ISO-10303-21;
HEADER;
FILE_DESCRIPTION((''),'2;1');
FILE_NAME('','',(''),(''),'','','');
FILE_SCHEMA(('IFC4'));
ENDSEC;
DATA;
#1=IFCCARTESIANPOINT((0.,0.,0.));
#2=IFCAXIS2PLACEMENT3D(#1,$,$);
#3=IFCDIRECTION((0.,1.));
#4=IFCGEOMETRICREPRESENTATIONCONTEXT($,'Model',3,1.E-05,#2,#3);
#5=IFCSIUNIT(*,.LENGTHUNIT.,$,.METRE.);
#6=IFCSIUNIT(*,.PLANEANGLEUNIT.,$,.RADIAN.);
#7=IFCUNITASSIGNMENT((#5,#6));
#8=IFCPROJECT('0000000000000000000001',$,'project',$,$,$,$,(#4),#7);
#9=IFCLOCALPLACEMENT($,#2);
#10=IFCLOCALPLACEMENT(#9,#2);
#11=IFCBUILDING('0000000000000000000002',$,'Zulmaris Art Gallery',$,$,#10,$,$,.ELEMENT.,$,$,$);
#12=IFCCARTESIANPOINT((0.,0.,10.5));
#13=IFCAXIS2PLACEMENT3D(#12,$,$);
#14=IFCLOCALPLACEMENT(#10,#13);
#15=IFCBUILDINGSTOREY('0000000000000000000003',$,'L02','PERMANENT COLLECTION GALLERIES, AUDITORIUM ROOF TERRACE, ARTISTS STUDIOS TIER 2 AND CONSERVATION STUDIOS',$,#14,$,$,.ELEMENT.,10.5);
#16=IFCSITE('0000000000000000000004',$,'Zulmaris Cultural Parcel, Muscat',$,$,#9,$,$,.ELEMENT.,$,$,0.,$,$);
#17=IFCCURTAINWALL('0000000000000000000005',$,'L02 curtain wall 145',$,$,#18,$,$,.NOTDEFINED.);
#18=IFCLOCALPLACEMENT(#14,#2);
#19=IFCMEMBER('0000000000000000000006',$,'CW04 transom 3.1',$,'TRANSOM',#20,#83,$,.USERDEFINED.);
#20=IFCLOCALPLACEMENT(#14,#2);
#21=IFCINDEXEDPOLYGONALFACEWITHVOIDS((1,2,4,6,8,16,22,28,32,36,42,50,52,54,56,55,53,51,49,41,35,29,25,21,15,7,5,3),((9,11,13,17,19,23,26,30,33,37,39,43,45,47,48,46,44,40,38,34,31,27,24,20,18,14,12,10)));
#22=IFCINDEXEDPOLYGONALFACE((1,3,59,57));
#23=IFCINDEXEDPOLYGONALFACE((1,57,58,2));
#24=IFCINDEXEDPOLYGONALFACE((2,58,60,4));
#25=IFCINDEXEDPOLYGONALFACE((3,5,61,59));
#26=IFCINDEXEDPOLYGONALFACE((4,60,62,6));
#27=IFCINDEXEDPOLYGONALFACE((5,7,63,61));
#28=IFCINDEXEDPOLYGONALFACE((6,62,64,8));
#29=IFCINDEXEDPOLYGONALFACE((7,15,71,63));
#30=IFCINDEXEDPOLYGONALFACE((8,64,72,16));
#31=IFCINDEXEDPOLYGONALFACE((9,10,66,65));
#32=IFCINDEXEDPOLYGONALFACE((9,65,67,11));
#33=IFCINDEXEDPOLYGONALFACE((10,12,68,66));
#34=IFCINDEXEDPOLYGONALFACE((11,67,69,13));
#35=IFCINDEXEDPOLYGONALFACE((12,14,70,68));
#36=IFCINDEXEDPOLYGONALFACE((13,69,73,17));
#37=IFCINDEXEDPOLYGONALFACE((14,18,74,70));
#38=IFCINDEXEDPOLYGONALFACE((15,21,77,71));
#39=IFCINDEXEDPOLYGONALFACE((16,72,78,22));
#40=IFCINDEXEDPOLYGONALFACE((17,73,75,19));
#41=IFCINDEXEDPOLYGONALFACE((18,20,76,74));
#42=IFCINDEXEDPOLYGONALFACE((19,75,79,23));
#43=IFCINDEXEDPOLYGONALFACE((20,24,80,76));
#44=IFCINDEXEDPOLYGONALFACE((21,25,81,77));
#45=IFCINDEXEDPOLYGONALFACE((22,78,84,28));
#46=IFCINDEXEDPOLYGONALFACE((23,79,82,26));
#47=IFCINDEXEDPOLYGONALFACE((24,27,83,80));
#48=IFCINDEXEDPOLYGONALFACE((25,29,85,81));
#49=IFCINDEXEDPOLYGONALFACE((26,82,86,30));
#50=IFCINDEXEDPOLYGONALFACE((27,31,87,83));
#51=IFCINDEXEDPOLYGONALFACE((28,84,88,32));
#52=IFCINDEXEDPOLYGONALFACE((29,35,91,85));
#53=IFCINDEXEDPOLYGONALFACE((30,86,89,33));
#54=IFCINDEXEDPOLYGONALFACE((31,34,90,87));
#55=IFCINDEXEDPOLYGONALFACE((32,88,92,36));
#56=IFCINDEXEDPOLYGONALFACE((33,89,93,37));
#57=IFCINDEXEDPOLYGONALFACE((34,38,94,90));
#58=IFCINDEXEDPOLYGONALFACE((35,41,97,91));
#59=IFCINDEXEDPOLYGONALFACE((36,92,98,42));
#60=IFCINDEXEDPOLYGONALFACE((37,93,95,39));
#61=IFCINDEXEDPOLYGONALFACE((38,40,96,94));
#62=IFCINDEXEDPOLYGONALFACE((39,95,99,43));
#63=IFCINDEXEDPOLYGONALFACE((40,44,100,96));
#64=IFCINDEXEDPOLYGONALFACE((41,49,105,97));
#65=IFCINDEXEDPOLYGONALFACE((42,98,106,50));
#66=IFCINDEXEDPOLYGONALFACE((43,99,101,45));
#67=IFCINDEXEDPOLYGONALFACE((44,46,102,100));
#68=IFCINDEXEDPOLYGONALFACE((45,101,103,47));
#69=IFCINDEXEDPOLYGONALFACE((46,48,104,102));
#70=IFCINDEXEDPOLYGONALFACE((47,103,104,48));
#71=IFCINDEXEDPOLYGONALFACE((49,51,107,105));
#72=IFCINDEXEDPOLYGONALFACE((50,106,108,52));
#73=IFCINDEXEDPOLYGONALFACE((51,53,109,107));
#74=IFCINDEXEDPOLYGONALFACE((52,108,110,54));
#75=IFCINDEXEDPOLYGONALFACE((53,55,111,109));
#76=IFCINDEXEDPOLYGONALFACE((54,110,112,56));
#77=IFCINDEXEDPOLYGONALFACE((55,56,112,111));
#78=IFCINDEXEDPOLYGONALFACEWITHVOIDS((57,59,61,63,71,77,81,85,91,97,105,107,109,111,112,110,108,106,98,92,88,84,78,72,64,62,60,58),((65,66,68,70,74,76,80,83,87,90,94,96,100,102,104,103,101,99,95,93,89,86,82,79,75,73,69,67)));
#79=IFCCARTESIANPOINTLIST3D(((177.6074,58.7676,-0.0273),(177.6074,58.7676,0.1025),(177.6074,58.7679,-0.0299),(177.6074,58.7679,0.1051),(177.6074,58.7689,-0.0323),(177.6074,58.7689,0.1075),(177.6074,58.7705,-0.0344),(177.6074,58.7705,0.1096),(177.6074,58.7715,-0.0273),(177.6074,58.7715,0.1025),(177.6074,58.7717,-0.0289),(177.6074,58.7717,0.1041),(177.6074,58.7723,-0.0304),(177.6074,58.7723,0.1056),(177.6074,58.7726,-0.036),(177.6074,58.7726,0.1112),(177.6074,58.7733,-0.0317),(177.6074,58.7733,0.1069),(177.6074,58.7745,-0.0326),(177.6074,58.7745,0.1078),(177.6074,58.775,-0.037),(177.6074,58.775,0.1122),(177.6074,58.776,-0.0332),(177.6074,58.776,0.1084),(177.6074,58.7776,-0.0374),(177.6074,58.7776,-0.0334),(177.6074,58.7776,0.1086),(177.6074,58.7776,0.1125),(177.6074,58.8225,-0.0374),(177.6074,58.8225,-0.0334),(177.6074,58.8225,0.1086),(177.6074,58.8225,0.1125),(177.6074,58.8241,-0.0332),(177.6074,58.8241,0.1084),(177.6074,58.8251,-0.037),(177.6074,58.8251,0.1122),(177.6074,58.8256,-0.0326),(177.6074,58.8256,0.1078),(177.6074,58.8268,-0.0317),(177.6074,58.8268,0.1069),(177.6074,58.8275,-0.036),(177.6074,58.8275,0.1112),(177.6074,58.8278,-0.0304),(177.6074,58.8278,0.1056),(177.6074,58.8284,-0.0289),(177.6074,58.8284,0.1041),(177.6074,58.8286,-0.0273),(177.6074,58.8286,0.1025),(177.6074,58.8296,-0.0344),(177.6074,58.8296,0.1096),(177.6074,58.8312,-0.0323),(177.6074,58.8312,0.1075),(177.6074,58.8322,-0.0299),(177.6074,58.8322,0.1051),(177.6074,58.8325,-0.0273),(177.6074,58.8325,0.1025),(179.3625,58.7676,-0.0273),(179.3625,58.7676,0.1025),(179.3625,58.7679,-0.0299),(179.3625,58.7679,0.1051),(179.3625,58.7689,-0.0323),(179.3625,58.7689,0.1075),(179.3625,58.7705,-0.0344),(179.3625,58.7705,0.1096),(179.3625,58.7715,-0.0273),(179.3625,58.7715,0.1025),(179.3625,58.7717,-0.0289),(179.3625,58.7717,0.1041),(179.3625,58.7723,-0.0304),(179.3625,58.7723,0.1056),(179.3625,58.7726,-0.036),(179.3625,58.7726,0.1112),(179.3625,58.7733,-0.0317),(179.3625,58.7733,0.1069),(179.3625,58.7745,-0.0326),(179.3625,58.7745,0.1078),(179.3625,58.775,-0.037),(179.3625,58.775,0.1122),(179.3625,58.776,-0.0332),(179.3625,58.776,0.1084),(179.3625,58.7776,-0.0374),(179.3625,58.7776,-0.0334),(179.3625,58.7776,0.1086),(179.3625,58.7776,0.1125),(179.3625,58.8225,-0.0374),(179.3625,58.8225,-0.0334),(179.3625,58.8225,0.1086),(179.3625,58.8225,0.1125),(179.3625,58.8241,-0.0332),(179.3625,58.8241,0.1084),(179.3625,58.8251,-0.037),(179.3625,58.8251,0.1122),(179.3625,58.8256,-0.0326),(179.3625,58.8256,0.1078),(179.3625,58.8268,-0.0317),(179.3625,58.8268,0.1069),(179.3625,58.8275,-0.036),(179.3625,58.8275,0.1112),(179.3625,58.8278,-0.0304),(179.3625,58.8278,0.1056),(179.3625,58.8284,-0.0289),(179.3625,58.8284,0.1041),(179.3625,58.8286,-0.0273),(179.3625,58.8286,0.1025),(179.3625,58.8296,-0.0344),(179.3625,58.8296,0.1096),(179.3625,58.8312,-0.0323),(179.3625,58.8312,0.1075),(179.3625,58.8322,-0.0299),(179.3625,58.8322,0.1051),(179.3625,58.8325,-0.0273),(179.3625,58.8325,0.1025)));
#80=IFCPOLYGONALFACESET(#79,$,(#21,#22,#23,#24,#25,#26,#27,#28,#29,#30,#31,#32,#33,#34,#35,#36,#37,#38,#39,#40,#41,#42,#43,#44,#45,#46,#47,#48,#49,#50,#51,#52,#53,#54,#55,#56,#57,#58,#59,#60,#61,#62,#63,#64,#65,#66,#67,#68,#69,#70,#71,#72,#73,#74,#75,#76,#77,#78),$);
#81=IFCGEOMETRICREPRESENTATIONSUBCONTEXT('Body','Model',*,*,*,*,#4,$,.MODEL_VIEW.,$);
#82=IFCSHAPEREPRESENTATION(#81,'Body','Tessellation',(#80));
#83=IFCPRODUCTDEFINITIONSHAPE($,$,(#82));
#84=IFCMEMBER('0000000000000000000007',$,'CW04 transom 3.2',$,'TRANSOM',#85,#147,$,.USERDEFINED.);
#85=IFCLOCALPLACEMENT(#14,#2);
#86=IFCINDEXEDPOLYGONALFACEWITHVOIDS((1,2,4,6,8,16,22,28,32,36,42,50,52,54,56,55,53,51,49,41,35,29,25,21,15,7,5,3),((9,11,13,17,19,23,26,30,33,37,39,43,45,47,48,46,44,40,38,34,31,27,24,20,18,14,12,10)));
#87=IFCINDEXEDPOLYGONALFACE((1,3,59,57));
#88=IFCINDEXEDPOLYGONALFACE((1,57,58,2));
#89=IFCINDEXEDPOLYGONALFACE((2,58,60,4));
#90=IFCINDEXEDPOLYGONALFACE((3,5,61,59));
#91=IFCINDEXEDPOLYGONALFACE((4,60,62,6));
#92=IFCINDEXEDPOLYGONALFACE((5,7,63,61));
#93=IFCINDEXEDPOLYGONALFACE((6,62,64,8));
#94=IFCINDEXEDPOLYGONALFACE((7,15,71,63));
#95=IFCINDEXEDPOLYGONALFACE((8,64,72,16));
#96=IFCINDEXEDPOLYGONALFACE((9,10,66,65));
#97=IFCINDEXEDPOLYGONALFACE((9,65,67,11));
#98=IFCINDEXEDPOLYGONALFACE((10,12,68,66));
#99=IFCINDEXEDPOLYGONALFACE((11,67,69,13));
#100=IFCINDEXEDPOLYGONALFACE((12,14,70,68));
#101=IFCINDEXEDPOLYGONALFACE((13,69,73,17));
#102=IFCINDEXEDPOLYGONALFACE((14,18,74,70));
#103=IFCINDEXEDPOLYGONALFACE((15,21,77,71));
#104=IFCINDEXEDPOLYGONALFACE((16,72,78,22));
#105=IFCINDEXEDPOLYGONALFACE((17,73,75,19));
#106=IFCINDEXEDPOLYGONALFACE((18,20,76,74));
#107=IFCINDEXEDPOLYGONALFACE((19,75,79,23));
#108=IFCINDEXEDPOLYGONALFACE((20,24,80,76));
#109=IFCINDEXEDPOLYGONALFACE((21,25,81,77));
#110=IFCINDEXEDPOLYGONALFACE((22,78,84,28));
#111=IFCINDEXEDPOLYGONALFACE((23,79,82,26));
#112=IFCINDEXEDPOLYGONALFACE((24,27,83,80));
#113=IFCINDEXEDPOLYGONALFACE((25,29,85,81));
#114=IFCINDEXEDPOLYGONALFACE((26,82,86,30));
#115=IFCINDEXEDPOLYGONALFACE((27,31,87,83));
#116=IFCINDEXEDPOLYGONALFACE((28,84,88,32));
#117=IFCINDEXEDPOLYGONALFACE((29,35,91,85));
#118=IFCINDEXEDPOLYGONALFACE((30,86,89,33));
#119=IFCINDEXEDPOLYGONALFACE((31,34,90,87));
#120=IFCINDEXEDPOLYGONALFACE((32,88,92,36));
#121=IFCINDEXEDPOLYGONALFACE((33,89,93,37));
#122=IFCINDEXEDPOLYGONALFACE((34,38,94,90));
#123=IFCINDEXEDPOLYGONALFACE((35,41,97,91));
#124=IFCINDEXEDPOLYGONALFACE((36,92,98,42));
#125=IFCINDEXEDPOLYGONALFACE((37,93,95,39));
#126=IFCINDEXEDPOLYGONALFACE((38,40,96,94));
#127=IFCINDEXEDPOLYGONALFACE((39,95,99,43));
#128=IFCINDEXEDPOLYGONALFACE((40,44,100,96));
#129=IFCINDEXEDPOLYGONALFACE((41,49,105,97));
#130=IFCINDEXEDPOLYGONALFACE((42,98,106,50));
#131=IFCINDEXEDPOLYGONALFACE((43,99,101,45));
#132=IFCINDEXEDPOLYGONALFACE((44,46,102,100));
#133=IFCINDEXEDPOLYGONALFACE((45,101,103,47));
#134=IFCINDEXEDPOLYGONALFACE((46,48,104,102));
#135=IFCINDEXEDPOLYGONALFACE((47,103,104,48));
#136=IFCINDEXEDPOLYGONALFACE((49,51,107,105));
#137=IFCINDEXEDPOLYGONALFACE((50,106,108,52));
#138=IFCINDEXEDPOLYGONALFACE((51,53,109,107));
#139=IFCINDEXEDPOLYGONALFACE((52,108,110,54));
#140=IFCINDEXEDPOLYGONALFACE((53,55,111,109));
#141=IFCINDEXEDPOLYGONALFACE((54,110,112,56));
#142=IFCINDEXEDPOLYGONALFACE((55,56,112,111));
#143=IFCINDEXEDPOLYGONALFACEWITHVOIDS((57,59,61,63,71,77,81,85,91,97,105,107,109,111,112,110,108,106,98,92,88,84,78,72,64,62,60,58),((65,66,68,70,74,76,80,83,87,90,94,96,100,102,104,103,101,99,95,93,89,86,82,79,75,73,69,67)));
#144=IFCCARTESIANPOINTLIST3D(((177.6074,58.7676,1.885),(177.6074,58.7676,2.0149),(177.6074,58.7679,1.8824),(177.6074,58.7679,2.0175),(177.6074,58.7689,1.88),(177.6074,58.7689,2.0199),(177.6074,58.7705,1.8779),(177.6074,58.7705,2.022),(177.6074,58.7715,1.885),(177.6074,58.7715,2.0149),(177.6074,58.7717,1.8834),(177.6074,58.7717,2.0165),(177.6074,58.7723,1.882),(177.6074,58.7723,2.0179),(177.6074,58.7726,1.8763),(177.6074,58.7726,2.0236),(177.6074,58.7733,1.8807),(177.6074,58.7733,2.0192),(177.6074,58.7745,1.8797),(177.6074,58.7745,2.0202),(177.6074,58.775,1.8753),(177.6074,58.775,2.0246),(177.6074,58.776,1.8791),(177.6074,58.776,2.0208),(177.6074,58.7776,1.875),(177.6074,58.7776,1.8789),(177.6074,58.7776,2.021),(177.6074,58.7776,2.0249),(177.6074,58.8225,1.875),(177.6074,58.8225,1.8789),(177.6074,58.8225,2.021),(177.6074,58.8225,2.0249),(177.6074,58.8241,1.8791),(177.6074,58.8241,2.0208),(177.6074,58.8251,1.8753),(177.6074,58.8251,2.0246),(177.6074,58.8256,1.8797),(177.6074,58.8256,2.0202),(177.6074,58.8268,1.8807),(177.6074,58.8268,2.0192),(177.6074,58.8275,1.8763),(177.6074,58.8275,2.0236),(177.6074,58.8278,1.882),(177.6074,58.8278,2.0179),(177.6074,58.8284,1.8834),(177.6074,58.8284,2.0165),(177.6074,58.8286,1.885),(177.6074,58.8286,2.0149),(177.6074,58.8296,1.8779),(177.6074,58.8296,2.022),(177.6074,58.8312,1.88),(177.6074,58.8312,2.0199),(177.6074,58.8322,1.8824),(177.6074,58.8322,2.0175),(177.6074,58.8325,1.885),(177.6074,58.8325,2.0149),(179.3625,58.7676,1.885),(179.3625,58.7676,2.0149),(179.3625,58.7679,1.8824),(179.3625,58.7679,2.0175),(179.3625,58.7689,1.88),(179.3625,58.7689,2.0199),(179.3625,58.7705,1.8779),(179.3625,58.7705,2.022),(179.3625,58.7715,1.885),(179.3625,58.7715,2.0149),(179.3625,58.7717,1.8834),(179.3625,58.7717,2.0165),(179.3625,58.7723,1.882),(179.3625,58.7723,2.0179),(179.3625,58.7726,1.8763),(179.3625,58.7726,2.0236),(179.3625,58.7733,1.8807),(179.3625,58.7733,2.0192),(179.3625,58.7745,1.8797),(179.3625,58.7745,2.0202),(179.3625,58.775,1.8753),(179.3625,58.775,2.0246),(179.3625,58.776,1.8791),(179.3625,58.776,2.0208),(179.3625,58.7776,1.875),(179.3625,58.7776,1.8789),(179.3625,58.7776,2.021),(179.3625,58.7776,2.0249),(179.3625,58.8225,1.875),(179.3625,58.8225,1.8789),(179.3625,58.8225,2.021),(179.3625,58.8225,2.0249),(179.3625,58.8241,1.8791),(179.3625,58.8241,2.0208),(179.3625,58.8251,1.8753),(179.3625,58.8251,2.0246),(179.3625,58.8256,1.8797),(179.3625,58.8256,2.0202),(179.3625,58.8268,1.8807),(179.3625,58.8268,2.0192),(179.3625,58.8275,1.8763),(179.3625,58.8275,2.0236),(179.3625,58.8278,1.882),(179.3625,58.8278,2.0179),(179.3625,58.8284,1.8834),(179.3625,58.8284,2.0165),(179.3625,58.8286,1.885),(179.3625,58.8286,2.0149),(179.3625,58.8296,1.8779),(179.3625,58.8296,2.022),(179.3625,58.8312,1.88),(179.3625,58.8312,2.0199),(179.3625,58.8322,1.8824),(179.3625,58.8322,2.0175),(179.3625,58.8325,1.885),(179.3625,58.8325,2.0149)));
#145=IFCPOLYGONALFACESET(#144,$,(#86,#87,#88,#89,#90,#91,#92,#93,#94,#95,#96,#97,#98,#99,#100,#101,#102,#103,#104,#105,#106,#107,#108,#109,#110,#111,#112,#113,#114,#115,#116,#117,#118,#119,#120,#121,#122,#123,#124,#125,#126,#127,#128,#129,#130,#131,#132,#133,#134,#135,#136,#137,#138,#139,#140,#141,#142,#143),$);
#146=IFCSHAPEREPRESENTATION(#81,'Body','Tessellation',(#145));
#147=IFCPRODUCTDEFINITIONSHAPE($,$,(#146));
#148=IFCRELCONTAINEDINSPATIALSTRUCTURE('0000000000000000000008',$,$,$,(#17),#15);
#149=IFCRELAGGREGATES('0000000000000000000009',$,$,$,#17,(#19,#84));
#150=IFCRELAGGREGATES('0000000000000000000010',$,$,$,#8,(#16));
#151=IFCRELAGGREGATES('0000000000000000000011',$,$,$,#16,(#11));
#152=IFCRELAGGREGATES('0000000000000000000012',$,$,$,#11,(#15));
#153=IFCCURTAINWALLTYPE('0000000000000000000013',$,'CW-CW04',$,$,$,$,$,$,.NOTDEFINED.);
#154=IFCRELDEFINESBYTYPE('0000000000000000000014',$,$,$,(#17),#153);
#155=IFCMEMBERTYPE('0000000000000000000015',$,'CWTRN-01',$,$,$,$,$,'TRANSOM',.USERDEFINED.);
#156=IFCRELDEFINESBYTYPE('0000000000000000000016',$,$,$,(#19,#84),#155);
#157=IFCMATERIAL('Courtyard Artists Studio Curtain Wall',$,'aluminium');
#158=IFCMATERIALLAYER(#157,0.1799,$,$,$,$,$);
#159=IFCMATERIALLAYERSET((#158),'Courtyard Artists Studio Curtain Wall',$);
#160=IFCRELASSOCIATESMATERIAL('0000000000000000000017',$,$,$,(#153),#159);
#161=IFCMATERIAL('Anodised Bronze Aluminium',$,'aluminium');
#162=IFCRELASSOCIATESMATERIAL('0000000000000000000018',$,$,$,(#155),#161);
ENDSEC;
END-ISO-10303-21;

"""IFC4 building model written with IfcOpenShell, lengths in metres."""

from ifc_helpers import new_model, si_unit, direction, frame, origin, origin_2d, place, context, subcontext, project, spatial, hollow_rectangle, extrude, material, layer, layer_set, material_profile, profile_set, type_object, element, aggregate, save


model = new_model("IFC4")

# Units and contexts
model_context = context("Model", 3, precision=1e-05, world=origin(), true_north=direction((0.0, 1.0)))
body_context = subcontext(model_context, "Body", "Model", "MODEL_VIEW")
ifc_project = project(units=[si_unit("LENGTHUNIT", "METRE"), si_unit("PLANEANGLEUNIT", "RADIAN")], contexts=[model_context])

# Site, building, storey
site_placement = place(None, origin())
site = spatial("IfcSite", under=ifc_project, at=site_placement, Name="Zulmaris Cultural Parcel, Muscat", CompositionType="ELEMENT", RefElevation=0.0)
building_placement = place(site_placement, origin())
building = spatial("IfcBuilding", under=site, at=building_placement, Name="Zulmaris Art Gallery", CompositionType="ELEMENT")
storey_placement = place(building_placement, frame((0.0, 0.0, 10.5)))
storey = spatial("IfcBuildingStorey", under=building, at=storey_placement, Name="L02", Description="PERMANENT COLLECTION GALLERIES, AUDITORIUM ROOF TERRACE, ARTISTS STUDIOS TIER 2 AND CONSERVATION STUDIOS", CompositionType="ELEMENT", Elevation=10.5)

# Shared definitions
ifc_material_1 = material(Name="Courtyard Artists Studio Curtain Wall", Category="aluminium")
ifc_layer_1 = layer(ifc_material_1, 0.1799)
ifc_layer_set_1 = layer_set([ifc_layer_1], Name="Courtyard Artists Studio Curtain Wall")
curtain_wall_type = type_object("IfcCurtainWallType", Name="CW-CW04", PredefinedType="NOTDEFINED", material=ifc_layer_set_1)
ifc_material_2 = material(Name="Anodised Bronze Aluminium", Category="aluminium")

# Curtain wall, members
curtain_wall_1_placement = place(storey_placement, origin())
curtain_wall_1 = element("IfcCurtainWall", 1, at=curtain_wall_1_placement, inside=storey, type_object=curtain_wall_type, Name="L02 curtain wall 145", PredefinedType="NOTDEFINED")
ifc_material_profile_1 = material_profile(ifc_material_2, hollow_rectangle(XDim=0.0649, YDim=0.1499, WallThickness=0.0039, InnerFilletRadius=0.0061, OuterFilletRadius=0.01, at=origin_2d()), Name="ALU 65x150x4")
ifc_profile_set_1 = profile_set([ifc_material_profile_1], Name="Anodised Bronze Aluminium")
member_type_1 = type_object("IfcMemberType", Name="CWTRN-01", ElementType="TRANSOM", PredefinedType="USERDEFINED", material=ifc_profile_set_1)
member_1_placement = place(storey_placement, frame((179.3625, 58.8, 0.0376), z_axis=(-1.0, 0.0, 0.0), x_axis=(0.0, -1.0, 0.0)))
member_1 = element("IfcMember", 2, at=member_1_placement, type_object=member_type_1, Name="CW04 transom 3.1", ObjectType="TRANSOM", PredefinedType="USERDEFINED", context=body_context, shape_type="SweptSolid", body=[
    extrude(hollow_rectangle(XDim=0.0649, YDim=0.1499, WallThickness=0.0039, InnerFilletRadius=0.0061, OuterFilletRadius=0.01, at=origin_2d()), origin(), (0.0, 0.0, 1.0), 1.7551),
])
member_2_placement = place(storey_placement, frame((179.3625, 58.8, 1.95), z_axis=(-1.0, 0.0, 0.0), x_axis=(0.0, -1.0, 0.0)))
member_2 = element("IfcMember", 3, at=member_2_placement, type_object=member_type_1, Name="CW04 transom 3.2", ObjectType="TRANSOM", PredefinedType="USERDEFINED", context=body_context, shape_type="SweptSolid", body=[
    extrude(hollow_rectangle(XDim=0.0649, YDim=0.1499, WallThickness=0.0039, InnerFilletRadius=0.0061, OuterFilletRadius=0.01, at=origin_2d()), origin(), (0.0, 0.0, 1.0), 1.7551),
])

aggregate(curtain_wall_1, [member_1, member_2])

save(model, "model.ifc")
